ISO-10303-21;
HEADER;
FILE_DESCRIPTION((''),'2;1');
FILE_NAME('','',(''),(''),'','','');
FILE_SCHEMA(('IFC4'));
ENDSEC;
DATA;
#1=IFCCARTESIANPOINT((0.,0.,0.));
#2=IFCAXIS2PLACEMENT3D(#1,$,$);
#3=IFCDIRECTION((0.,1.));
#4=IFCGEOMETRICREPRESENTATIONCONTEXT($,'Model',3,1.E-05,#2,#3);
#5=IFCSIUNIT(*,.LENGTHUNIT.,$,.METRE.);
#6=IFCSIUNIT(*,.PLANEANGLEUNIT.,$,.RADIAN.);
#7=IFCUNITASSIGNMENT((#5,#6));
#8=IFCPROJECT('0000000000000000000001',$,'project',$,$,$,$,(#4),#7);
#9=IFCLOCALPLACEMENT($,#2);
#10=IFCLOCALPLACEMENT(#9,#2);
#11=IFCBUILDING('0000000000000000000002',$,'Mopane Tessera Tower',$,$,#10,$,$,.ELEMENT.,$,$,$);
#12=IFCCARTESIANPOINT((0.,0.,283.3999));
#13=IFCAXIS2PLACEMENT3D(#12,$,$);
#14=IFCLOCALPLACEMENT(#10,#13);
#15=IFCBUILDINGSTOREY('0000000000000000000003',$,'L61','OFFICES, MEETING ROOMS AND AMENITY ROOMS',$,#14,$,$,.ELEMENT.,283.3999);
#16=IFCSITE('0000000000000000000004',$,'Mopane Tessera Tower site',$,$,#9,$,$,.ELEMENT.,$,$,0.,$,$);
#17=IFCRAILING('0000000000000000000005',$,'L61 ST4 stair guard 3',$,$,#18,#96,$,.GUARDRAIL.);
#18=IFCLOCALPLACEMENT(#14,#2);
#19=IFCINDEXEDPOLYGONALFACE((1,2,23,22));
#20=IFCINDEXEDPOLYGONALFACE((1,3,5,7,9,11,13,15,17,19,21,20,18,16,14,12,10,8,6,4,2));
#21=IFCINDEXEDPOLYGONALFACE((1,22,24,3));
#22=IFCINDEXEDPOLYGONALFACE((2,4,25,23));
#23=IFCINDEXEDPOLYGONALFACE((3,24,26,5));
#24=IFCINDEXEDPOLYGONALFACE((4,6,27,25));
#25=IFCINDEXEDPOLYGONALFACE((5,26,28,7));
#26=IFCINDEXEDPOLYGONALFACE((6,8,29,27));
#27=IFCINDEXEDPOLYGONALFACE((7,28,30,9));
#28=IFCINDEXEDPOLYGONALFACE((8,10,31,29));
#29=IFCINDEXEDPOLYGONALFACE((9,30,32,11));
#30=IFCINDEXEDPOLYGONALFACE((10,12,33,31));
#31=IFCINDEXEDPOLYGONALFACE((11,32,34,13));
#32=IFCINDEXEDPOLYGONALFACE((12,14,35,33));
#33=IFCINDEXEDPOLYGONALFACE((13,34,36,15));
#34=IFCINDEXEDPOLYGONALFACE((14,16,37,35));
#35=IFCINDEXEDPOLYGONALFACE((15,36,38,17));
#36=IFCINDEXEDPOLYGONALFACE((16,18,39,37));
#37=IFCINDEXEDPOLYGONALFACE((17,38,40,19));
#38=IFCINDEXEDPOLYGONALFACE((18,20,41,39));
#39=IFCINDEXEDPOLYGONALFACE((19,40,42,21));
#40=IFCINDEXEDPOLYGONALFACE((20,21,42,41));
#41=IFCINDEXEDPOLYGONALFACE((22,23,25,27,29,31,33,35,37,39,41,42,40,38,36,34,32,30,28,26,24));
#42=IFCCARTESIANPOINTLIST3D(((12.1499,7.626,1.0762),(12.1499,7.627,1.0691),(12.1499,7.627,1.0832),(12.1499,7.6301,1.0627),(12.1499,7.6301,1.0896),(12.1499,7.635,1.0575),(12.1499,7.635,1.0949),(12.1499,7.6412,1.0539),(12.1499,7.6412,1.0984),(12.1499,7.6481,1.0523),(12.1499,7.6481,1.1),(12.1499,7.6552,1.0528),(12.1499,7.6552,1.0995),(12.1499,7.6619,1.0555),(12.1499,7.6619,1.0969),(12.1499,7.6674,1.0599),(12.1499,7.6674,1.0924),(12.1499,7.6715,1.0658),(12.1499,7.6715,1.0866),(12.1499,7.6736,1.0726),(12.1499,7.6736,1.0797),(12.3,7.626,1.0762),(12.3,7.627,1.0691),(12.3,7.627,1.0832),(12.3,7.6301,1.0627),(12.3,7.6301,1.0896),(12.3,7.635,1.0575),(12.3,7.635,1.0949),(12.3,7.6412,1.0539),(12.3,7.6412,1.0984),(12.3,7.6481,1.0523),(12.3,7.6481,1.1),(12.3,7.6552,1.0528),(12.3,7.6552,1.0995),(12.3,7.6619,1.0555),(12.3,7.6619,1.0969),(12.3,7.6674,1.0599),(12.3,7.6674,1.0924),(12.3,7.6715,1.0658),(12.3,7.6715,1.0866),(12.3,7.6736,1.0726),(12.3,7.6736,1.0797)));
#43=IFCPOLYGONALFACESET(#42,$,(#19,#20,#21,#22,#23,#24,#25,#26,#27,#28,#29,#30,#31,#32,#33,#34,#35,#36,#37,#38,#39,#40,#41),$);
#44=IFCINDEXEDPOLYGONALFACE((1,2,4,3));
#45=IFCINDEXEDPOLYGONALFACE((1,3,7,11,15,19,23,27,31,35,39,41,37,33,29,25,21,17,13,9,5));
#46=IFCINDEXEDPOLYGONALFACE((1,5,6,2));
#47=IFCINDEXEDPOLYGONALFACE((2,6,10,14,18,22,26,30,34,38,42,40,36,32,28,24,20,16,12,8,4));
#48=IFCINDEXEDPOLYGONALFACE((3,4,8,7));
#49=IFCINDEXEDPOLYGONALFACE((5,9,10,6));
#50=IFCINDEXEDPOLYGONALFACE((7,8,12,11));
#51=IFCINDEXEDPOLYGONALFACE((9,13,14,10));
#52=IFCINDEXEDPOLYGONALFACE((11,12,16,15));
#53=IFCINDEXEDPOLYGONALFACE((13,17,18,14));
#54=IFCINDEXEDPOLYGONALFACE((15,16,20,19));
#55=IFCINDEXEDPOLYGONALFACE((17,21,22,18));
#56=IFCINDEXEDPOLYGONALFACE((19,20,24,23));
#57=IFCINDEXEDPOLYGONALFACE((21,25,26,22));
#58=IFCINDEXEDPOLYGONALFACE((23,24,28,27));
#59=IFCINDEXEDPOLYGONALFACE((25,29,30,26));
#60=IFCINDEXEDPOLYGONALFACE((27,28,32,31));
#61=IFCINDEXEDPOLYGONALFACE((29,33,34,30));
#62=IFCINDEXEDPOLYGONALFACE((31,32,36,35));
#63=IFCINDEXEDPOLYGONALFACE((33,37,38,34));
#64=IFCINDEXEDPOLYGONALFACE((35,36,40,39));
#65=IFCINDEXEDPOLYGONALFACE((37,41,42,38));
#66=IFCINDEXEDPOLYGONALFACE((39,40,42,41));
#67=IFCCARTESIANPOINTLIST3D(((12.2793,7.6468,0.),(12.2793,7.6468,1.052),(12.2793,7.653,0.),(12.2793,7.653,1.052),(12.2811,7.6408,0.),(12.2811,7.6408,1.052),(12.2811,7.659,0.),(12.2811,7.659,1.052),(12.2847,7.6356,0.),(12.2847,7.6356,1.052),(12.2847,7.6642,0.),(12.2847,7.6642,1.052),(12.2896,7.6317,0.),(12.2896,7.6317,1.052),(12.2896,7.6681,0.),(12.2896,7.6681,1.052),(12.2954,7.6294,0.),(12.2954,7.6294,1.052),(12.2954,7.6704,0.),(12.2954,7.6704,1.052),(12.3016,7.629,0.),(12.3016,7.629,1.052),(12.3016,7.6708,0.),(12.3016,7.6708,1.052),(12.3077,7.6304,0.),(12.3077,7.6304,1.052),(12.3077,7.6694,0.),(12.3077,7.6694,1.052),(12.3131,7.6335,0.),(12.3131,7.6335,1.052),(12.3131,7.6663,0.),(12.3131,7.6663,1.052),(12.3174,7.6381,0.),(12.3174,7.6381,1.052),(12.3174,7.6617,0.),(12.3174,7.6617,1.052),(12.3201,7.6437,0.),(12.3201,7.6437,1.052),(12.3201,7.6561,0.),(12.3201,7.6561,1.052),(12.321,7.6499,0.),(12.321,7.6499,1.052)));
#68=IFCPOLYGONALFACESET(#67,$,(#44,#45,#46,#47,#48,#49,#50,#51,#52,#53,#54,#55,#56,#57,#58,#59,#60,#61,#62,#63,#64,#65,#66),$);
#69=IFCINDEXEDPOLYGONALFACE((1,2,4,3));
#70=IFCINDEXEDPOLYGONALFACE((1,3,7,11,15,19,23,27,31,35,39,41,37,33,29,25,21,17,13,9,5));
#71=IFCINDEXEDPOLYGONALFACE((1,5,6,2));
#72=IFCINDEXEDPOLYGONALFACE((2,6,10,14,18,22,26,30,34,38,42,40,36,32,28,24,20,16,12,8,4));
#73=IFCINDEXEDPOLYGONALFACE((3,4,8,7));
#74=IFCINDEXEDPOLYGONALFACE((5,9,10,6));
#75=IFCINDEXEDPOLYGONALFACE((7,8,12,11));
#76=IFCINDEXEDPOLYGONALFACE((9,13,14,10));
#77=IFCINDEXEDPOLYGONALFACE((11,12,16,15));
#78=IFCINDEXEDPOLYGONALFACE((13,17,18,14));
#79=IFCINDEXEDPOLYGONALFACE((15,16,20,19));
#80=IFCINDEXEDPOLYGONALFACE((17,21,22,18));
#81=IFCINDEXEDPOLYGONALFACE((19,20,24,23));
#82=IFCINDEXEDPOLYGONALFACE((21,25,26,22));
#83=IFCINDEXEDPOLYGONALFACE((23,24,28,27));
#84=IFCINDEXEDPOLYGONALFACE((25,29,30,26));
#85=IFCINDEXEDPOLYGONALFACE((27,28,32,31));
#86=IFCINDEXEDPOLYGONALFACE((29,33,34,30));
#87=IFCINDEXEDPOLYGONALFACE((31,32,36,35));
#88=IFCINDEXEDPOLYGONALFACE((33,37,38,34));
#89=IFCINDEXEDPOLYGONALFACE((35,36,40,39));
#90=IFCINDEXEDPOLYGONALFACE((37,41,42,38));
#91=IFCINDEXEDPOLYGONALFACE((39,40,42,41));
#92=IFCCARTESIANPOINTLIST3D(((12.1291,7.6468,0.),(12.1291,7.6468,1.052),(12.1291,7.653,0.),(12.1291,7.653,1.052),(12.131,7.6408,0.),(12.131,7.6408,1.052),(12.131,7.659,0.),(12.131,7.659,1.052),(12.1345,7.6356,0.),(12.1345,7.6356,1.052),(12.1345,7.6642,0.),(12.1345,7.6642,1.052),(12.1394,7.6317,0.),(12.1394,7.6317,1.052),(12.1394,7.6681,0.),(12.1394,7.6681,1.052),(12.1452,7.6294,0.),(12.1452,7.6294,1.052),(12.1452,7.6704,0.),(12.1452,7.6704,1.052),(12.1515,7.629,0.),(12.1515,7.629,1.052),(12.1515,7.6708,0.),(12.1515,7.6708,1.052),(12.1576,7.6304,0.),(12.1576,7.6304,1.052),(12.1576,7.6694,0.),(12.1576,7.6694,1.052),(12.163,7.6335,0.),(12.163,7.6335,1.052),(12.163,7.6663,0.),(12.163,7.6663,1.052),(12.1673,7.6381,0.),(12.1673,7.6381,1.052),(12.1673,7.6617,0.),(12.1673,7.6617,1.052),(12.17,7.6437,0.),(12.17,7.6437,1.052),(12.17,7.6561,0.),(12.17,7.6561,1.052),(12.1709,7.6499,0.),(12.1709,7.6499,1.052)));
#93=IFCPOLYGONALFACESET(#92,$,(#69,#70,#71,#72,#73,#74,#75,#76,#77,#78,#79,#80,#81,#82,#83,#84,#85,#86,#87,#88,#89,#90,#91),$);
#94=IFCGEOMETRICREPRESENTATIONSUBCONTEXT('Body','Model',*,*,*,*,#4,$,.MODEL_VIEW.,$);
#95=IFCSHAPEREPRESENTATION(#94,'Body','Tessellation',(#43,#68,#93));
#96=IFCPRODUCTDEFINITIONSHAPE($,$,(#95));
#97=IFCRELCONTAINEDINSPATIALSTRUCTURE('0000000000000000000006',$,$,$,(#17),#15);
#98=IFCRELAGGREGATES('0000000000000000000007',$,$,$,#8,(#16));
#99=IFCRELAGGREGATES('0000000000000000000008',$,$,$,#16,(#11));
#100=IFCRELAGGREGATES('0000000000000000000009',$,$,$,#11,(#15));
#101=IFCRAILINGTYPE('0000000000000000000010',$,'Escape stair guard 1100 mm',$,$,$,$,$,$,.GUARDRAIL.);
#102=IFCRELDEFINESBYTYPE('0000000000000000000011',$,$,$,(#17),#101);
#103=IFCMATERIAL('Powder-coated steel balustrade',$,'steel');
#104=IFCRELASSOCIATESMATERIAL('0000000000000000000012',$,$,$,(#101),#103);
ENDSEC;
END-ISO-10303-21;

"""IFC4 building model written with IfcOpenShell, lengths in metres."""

from ifc_helpers import new_model, si_unit, direction, frame, origin, origin_2d, place, context, subcontext, project, spatial, circle, extrude, material, type_object, element, save


model = new_model("IFC4")

# Units and contexts
model_context = context("Model", 3, precision=1e-05, world=origin(), true_north=direction((0.0, 1.0)))
body_context = subcontext(model_context, "Body", "Model", "MODEL_VIEW")
ifc_project = project(units=[si_unit("LENGTHUNIT", "METRE"), si_unit("PLANEANGLEUNIT", "RADIAN")], contexts=[model_context])

# Site, building, storey
site_placement = place(None, origin())
site = spatial("IfcSite", under=ifc_project, at=site_placement, Name="Mopane Tessera Tower site", CompositionType="ELEMENT", RefElevation=0.0)
building_placement = place(site_placement, origin())
building = spatial("IfcBuilding", under=site, at=building_placement, Name="Mopane Tessera Tower", CompositionType="ELEMENT")
storey_placement = place(building_placement, frame((0.0, 0.0, 283.3999)))
storey = spatial("IfcBuildingStorey", under=building, at=storey_placement, Name="L61", Description="OFFICES, MEETING ROOMS AND AMENITY ROOMS", CompositionType="ELEMENT", Elevation=283.3999)

# Railing
ifc_material_1 = material(Name="Powder-coated steel balustrade", Category="steel")
railing_type = type_object("IfcRailingType", Name="Escape stair guard 1100 mm", PredefinedType="GUARDRAIL", material=ifc_material_1)
railing_1_placement = place(storey_placement, frame((12.3, 7.6499, 0.0)))
element("IfcRailing", 1, at=railing_1_placement, inside=storey, type_object=railing_type, Name="L61 ST4 stair guard 3", PredefinedType="GUARDRAIL", context=body_context, shape_type="SweptSolid", body=[
    extrude(circle(Radius=0.0239, at=origin_2d()), frame((0.0, 0.0, 1.0762), z_axis=(-1.0, 0.0, 0.0), x_axis=(0.0, -1.0, 0.0)), (0.0, 0.0, 1.0), 0.1501),
    extrude(circle(Radius=0.021, at=origin_2d()), origin(), (0.0, 0.0, 1.0), 1.052),
    extrude(circle(Radius=0.021, at=origin_2d()), frame((-0.1501, 0.0, 0.0)), (0.0, 0.0, 1.0), 1.052),
])

save(model, "model.ifc")
